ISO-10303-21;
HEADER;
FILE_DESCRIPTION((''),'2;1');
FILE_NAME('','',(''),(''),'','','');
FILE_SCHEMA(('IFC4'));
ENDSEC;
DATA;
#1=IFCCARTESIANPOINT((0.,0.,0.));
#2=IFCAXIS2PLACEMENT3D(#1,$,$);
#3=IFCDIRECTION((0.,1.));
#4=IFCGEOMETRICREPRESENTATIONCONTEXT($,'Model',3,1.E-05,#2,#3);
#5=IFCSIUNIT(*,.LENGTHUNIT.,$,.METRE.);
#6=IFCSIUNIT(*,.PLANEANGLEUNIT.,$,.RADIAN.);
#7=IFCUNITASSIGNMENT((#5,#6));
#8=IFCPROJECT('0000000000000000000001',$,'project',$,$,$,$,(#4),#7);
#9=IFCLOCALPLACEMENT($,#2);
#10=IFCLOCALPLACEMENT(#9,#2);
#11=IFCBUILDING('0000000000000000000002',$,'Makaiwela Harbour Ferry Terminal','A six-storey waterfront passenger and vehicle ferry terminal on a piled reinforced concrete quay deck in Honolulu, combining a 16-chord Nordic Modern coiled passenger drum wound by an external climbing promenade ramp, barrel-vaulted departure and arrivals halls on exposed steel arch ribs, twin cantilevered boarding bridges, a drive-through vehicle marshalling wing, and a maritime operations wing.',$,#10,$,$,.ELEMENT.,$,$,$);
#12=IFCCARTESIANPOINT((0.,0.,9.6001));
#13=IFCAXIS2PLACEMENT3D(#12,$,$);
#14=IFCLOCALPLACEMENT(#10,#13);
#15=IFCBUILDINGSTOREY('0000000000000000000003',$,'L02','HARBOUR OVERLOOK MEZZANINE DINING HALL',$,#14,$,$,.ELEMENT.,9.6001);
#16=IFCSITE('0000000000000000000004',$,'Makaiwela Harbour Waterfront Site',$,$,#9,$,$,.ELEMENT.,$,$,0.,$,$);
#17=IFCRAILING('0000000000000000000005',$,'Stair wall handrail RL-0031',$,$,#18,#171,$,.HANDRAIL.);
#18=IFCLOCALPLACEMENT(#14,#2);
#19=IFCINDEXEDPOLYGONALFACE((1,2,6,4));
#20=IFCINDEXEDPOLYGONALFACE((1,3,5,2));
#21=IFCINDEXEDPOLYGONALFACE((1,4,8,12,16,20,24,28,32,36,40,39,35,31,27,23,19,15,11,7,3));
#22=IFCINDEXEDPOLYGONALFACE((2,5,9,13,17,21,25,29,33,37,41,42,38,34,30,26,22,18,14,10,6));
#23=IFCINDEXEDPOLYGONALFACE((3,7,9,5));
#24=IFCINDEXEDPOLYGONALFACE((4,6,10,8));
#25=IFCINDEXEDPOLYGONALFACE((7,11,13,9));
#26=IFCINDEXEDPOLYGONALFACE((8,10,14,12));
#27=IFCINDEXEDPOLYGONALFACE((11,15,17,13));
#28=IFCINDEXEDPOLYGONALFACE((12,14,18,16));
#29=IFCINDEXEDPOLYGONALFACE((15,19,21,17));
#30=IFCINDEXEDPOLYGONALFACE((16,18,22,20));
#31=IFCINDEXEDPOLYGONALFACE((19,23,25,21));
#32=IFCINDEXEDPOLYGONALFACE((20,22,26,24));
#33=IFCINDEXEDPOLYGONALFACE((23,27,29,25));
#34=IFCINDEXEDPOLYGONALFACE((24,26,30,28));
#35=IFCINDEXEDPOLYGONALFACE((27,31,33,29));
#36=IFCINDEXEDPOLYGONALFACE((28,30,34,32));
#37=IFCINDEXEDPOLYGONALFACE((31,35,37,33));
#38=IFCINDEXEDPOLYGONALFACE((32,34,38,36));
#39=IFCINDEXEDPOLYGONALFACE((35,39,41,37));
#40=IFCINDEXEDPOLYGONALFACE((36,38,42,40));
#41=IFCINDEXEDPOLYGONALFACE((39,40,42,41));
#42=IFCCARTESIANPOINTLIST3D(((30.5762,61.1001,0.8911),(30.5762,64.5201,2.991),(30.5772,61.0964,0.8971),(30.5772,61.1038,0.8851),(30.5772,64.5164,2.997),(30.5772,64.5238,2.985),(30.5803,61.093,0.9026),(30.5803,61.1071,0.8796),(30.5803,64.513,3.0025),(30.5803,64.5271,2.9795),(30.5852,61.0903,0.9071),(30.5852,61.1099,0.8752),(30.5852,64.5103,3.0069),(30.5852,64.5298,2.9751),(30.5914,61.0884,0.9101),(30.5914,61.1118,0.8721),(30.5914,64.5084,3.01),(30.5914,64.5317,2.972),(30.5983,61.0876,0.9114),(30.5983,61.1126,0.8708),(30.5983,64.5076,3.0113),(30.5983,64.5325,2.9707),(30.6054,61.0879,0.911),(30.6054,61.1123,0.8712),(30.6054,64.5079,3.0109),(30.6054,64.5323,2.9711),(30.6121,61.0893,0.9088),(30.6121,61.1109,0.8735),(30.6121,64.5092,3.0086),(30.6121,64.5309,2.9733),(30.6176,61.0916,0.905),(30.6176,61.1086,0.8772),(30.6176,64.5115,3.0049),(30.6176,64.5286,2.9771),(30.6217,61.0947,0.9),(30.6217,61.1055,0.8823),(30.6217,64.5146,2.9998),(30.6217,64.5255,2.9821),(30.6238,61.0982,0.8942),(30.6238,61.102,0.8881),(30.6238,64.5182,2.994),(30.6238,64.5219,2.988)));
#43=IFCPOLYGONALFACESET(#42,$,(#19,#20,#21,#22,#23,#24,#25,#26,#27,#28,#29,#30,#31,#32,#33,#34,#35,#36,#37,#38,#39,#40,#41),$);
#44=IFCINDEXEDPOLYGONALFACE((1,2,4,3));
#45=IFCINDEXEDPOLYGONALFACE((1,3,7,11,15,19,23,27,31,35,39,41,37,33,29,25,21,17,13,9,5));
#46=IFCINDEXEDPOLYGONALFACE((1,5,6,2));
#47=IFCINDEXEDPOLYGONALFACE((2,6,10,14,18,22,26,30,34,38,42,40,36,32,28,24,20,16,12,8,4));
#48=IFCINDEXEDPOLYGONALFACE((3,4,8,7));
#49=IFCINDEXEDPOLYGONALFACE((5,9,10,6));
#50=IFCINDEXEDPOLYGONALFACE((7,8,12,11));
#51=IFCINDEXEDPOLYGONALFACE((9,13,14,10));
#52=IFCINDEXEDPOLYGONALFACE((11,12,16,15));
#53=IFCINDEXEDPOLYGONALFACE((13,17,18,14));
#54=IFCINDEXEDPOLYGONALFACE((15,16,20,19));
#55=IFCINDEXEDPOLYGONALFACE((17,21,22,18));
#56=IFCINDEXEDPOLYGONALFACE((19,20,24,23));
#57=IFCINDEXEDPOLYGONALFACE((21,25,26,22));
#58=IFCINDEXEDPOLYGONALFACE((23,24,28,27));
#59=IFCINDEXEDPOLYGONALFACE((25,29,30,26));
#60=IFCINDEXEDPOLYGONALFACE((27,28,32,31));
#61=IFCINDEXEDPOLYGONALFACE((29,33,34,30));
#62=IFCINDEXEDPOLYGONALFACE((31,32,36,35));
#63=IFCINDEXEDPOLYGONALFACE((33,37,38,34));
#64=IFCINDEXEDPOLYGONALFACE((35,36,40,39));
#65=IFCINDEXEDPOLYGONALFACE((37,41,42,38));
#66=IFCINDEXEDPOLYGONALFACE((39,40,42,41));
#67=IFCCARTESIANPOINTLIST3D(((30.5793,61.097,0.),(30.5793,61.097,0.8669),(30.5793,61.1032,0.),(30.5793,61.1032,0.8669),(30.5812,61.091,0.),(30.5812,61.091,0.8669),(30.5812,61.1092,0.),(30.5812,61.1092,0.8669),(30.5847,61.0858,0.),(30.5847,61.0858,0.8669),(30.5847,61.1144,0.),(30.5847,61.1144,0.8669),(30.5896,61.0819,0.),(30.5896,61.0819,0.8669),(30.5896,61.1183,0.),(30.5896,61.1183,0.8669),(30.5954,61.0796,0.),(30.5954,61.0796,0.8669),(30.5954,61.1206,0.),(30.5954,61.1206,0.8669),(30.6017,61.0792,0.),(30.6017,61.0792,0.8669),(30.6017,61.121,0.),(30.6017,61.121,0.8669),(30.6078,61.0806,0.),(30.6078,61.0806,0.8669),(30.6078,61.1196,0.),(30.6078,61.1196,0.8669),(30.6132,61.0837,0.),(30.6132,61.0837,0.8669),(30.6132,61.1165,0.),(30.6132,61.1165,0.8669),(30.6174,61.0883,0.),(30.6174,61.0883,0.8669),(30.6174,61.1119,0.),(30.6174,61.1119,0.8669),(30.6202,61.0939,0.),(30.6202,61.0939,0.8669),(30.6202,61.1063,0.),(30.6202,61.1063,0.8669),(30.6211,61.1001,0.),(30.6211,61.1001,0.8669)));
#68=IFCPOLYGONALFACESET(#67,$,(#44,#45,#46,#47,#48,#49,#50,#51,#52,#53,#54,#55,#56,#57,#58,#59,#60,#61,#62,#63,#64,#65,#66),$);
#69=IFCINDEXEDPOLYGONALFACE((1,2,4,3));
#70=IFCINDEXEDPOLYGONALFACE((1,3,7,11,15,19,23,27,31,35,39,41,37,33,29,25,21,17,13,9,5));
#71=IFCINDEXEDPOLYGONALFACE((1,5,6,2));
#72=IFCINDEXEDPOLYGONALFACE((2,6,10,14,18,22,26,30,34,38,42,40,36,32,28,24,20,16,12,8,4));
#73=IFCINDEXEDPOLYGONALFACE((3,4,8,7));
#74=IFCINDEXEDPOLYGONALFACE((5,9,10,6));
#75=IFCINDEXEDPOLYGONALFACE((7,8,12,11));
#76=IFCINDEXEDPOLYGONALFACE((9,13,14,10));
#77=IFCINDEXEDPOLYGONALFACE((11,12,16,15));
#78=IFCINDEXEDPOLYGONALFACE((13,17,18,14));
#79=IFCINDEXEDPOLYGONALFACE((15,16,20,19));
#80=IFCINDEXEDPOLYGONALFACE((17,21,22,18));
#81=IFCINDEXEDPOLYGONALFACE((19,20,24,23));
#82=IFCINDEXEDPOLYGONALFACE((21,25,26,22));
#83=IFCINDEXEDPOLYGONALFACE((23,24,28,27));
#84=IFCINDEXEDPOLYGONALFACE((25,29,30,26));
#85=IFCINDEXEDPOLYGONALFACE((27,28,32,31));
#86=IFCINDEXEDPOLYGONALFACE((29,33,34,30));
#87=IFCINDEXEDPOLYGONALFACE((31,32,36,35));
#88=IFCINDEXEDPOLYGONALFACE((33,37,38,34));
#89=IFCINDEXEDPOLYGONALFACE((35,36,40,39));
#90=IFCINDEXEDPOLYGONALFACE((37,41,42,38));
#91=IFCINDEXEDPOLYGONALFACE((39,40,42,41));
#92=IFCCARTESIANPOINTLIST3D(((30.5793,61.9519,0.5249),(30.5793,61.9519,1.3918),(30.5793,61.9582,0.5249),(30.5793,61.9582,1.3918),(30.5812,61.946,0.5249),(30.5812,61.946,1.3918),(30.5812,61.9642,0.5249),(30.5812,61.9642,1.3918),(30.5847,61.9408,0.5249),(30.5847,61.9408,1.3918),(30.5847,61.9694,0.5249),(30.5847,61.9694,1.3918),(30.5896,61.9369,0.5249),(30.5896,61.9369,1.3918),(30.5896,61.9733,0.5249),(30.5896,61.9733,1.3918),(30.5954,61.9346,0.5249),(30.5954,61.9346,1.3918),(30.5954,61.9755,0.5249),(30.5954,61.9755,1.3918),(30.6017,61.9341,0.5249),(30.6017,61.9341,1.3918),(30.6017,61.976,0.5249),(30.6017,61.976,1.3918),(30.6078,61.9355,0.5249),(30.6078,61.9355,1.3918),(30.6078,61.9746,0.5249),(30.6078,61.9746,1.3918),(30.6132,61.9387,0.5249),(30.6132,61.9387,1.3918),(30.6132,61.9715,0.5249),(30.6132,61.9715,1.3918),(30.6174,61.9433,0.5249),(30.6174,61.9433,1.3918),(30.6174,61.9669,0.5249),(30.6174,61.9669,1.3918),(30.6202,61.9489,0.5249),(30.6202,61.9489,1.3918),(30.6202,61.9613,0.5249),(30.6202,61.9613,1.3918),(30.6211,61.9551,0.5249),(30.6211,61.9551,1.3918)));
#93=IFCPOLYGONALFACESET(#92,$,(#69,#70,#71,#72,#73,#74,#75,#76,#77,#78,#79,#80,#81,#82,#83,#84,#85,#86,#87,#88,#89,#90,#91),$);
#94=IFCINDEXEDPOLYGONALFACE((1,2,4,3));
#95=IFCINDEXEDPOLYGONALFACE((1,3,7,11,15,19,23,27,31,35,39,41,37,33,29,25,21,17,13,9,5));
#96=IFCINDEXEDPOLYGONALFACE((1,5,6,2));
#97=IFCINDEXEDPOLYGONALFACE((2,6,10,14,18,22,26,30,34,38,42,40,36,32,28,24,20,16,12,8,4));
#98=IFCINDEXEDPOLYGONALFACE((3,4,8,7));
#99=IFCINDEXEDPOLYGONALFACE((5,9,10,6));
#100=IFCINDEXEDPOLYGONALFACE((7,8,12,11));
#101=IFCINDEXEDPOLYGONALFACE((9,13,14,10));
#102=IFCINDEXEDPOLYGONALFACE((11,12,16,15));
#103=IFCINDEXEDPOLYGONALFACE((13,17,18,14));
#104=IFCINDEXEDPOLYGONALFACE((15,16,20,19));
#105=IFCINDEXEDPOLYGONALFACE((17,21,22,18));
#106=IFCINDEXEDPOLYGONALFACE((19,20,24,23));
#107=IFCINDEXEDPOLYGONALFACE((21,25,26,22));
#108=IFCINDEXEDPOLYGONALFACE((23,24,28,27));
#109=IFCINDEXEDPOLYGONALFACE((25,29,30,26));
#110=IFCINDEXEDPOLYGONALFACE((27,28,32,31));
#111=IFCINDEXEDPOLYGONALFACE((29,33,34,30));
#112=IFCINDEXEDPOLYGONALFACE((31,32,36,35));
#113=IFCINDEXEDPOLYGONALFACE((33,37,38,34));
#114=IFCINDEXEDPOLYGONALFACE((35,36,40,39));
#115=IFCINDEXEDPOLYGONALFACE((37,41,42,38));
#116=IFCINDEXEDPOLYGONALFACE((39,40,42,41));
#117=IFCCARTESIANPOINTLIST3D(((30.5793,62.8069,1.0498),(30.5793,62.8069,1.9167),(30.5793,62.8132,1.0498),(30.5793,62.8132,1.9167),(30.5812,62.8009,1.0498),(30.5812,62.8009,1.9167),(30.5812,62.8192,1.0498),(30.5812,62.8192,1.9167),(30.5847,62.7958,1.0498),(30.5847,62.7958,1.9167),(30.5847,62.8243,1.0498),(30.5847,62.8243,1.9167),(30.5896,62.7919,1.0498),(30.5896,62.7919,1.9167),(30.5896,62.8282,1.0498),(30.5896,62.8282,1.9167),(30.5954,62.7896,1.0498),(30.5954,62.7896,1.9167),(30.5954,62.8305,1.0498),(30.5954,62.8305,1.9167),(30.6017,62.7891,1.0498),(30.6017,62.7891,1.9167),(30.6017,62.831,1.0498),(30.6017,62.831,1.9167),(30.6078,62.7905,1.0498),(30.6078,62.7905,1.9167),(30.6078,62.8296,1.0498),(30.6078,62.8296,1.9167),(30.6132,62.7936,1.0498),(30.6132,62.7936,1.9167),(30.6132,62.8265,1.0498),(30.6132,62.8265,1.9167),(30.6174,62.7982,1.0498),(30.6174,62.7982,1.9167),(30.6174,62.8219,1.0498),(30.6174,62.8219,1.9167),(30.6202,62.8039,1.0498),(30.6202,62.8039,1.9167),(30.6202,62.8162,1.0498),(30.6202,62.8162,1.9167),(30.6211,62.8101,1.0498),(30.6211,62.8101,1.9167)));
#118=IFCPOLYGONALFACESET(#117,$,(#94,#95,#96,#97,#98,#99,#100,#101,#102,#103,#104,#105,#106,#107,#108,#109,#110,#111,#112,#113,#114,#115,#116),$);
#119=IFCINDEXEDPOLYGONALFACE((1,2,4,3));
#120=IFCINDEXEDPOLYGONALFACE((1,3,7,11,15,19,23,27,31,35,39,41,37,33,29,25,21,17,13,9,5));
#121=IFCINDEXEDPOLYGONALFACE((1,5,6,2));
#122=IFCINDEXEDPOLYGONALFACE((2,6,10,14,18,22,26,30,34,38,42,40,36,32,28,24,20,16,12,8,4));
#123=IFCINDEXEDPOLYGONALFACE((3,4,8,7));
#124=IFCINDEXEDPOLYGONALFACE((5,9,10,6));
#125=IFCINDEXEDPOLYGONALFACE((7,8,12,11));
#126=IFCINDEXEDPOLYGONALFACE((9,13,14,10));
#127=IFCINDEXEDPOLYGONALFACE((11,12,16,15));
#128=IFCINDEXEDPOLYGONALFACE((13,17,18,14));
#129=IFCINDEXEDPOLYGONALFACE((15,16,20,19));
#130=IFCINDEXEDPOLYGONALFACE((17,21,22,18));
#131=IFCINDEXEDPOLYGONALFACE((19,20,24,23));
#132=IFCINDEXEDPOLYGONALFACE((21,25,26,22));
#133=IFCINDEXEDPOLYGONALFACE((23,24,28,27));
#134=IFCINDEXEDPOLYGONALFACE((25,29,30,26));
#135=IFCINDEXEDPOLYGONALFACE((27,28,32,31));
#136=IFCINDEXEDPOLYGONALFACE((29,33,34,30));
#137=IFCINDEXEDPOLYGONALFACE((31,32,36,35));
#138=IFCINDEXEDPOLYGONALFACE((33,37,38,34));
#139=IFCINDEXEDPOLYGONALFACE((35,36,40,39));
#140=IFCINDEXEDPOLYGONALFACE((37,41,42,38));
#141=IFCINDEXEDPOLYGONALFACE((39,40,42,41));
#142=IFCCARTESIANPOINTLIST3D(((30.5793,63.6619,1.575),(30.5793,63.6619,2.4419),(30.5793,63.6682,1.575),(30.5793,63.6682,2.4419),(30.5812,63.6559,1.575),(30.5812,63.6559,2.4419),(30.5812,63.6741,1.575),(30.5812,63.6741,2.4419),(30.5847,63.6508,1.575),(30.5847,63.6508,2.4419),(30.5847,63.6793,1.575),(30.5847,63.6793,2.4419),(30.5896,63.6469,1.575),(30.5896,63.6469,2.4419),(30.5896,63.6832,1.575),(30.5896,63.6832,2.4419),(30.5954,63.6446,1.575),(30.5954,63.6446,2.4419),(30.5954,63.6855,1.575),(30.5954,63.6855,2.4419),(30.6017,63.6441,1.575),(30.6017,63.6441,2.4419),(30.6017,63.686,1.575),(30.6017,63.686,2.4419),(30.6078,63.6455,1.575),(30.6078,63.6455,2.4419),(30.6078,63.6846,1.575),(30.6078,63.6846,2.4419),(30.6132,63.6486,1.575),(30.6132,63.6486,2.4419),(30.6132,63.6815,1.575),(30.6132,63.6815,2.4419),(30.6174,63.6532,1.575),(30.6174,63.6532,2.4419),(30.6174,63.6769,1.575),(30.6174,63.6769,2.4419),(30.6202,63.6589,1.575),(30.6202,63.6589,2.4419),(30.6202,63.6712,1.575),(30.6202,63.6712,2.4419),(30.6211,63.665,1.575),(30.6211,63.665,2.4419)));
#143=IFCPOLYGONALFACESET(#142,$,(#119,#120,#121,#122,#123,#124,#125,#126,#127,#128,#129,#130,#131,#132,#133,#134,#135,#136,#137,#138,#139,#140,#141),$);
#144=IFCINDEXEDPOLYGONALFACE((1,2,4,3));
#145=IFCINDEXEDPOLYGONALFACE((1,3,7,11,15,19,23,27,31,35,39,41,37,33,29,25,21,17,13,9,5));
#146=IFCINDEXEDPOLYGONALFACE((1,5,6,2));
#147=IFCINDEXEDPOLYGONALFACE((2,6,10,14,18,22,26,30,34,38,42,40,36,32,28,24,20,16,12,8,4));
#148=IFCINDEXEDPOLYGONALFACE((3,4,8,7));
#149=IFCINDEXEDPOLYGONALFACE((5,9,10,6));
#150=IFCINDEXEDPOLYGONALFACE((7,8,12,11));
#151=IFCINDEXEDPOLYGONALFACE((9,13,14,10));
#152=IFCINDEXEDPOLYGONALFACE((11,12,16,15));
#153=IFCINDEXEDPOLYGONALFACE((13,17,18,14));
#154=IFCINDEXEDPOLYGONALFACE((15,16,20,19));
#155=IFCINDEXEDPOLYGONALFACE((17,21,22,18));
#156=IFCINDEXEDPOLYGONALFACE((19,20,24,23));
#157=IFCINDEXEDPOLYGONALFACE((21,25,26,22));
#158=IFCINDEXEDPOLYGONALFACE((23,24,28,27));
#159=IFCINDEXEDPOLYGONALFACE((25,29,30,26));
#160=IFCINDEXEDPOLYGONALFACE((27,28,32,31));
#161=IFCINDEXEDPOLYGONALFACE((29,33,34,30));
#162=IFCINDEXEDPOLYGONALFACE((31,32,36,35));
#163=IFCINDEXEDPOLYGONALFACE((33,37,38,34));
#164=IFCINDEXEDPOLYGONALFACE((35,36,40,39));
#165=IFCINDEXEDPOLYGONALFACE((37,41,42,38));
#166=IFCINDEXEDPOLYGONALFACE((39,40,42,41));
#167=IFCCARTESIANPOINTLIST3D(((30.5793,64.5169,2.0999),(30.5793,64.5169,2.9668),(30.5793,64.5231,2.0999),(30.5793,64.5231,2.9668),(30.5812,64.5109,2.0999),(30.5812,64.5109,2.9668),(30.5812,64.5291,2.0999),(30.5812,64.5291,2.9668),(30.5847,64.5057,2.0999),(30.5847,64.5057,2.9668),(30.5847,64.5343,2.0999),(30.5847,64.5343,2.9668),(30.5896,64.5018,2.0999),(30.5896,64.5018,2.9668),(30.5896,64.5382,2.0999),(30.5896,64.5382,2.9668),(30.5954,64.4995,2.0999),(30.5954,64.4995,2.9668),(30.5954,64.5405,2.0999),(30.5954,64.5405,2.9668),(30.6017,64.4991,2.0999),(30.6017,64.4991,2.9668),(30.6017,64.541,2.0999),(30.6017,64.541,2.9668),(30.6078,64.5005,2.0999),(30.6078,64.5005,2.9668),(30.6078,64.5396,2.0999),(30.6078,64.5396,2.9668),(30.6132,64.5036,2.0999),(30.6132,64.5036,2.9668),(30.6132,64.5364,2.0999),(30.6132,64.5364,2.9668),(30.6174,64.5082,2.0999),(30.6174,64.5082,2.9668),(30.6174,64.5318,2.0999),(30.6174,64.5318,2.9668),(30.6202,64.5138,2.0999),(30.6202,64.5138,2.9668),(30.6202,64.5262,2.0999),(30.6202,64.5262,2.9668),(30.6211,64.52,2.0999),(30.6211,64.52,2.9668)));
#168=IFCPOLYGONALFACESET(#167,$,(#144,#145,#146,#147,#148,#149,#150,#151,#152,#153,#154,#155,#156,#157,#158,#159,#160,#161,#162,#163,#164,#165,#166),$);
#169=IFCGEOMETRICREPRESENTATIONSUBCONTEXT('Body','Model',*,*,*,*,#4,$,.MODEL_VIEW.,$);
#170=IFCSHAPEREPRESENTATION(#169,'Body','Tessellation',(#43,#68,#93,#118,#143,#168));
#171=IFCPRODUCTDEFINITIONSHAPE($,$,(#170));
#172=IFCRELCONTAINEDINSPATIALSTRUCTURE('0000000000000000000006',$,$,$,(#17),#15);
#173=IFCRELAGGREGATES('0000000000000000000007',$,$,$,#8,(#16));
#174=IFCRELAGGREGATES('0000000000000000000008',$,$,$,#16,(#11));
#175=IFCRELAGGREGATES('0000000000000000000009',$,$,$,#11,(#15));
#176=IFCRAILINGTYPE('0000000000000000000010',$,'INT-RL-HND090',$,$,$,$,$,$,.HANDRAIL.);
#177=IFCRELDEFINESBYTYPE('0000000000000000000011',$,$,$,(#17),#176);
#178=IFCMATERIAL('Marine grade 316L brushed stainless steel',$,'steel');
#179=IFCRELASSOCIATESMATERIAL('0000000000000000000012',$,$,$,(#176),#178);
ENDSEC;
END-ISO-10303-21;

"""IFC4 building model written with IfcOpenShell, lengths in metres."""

from ifc_helpers import new_model, si_unit, direction, frame, origin, origin_2d, place, context, subcontext, project, spatial, circle, extrude, material, type_object, element, save


model = new_model("IFC4")

# Units and contexts
model_context = context("Model", 3, precision=1e-05, world=origin(), true_north=direction((0.0, 1.0)))
body_context = subcontext(model_context, "Body", "Model", "MODEL_VIEW")
ifc_project = project(units=[si_unit("LENGTHUNIT", "METRE"), si_unit("PLANEANGLEUNIT", "RADIAN")], contexts=[model_context])

# Site, building, storey
site_placement = place(None, origin())
site = spatial("IfcSite", under=ifc_project, at=site_placement, Name="Makaiwela Harbour Waterfront Site", CompositionType="ELEMENT", RefElevation=0.0)
building_placement = place(site_placement, origin())
building = spatial("IfcBuilding", under=site, at=building_placement, Name="Makaiwela Harbour Ferry Terminal", Description="A six-storey waterfront passenger and vehicle ferry terminal on a piled reinforced concrete quay deck in Honolulu, combining a 16-chord Nordic Modern coiled passenger drum wound by an external climbing promenade ramp, barrel-vaulted departure and arrivals halls on exposed steel arch ribs, twin cantilevered boarding bridges, a drive-through vehicle marshalling wing, and a maritime operations wing.", CompositionType="ELEMENT")
storey_placement = place(building_placement, frame((0.0, 0.0, 9.6001)))
storey = spatial("IfcBuildingStorey", under=building, at=storey_placement, Name="L02", Description="HARBOUR OVERLOOK MEZZANINE DINING HALL", CompositionType="ELEMENT", Elevation=9.6001)

# Shared definitions
ifc_material_1 = material(Name="Marine grade 316L brushed stainless steel", Category="steel")

# Railing
railing_type_1 = type_object("IfcRailingType", Name="INT-RL-HND090", PredefinedType="HANDRAIL", material=ifc_material_1)
railing_1_placement = place(storey_placement, frame((30.6001, 61.1001, 0.0)))
element("IfcRailing", 1, at=railing_1_placement, inside=storey, type_object=railing_type_1, Name="Stair wall handrail RL-0031", PredefinedType="HANDRAIL", context=body_context, shape_type="SweptSolid", body=[
    extrude(circle(Radius=0.0239, at=origin_2d()), frame((0.0, 0.0, 0.8911), z_axis=(0.0, 0.852182, 0.523245), x_axis=(-1.0, 0.0, 0.0)), (0.0, 0.0, 1.0), 4.0132),
    extrude(circle(Radius=0.021, at=origin_2d()), origin(), (0.0, 0.0, 1.0), 0.8669),
    extrude(circle(Radius=0.021, at=origin_2d()), frame((0.0, 0.855, 0.5249)), (0.0, 0.0, 1.0), 0.8669),
    extrude(circle(Radius=0.021, at=origin_2d()), frame((0.0, 1.71, 1.0498)), (0.0, 0.0, 1.0), 0.8669),
    extrude(circle(Radius=0.021, at=origin_2d()), frame((0.0, 2.5649, 1.575)), (0.0, 0.0, 1.0), 0.8669),
    extrude(circle(Radius=0.021, at=origin_2d()), frame((0.0, 3.4199, 2.0999)), (0.0, 0.0, 1.0), 0.8669),
])

save(model, "model.ifc")
